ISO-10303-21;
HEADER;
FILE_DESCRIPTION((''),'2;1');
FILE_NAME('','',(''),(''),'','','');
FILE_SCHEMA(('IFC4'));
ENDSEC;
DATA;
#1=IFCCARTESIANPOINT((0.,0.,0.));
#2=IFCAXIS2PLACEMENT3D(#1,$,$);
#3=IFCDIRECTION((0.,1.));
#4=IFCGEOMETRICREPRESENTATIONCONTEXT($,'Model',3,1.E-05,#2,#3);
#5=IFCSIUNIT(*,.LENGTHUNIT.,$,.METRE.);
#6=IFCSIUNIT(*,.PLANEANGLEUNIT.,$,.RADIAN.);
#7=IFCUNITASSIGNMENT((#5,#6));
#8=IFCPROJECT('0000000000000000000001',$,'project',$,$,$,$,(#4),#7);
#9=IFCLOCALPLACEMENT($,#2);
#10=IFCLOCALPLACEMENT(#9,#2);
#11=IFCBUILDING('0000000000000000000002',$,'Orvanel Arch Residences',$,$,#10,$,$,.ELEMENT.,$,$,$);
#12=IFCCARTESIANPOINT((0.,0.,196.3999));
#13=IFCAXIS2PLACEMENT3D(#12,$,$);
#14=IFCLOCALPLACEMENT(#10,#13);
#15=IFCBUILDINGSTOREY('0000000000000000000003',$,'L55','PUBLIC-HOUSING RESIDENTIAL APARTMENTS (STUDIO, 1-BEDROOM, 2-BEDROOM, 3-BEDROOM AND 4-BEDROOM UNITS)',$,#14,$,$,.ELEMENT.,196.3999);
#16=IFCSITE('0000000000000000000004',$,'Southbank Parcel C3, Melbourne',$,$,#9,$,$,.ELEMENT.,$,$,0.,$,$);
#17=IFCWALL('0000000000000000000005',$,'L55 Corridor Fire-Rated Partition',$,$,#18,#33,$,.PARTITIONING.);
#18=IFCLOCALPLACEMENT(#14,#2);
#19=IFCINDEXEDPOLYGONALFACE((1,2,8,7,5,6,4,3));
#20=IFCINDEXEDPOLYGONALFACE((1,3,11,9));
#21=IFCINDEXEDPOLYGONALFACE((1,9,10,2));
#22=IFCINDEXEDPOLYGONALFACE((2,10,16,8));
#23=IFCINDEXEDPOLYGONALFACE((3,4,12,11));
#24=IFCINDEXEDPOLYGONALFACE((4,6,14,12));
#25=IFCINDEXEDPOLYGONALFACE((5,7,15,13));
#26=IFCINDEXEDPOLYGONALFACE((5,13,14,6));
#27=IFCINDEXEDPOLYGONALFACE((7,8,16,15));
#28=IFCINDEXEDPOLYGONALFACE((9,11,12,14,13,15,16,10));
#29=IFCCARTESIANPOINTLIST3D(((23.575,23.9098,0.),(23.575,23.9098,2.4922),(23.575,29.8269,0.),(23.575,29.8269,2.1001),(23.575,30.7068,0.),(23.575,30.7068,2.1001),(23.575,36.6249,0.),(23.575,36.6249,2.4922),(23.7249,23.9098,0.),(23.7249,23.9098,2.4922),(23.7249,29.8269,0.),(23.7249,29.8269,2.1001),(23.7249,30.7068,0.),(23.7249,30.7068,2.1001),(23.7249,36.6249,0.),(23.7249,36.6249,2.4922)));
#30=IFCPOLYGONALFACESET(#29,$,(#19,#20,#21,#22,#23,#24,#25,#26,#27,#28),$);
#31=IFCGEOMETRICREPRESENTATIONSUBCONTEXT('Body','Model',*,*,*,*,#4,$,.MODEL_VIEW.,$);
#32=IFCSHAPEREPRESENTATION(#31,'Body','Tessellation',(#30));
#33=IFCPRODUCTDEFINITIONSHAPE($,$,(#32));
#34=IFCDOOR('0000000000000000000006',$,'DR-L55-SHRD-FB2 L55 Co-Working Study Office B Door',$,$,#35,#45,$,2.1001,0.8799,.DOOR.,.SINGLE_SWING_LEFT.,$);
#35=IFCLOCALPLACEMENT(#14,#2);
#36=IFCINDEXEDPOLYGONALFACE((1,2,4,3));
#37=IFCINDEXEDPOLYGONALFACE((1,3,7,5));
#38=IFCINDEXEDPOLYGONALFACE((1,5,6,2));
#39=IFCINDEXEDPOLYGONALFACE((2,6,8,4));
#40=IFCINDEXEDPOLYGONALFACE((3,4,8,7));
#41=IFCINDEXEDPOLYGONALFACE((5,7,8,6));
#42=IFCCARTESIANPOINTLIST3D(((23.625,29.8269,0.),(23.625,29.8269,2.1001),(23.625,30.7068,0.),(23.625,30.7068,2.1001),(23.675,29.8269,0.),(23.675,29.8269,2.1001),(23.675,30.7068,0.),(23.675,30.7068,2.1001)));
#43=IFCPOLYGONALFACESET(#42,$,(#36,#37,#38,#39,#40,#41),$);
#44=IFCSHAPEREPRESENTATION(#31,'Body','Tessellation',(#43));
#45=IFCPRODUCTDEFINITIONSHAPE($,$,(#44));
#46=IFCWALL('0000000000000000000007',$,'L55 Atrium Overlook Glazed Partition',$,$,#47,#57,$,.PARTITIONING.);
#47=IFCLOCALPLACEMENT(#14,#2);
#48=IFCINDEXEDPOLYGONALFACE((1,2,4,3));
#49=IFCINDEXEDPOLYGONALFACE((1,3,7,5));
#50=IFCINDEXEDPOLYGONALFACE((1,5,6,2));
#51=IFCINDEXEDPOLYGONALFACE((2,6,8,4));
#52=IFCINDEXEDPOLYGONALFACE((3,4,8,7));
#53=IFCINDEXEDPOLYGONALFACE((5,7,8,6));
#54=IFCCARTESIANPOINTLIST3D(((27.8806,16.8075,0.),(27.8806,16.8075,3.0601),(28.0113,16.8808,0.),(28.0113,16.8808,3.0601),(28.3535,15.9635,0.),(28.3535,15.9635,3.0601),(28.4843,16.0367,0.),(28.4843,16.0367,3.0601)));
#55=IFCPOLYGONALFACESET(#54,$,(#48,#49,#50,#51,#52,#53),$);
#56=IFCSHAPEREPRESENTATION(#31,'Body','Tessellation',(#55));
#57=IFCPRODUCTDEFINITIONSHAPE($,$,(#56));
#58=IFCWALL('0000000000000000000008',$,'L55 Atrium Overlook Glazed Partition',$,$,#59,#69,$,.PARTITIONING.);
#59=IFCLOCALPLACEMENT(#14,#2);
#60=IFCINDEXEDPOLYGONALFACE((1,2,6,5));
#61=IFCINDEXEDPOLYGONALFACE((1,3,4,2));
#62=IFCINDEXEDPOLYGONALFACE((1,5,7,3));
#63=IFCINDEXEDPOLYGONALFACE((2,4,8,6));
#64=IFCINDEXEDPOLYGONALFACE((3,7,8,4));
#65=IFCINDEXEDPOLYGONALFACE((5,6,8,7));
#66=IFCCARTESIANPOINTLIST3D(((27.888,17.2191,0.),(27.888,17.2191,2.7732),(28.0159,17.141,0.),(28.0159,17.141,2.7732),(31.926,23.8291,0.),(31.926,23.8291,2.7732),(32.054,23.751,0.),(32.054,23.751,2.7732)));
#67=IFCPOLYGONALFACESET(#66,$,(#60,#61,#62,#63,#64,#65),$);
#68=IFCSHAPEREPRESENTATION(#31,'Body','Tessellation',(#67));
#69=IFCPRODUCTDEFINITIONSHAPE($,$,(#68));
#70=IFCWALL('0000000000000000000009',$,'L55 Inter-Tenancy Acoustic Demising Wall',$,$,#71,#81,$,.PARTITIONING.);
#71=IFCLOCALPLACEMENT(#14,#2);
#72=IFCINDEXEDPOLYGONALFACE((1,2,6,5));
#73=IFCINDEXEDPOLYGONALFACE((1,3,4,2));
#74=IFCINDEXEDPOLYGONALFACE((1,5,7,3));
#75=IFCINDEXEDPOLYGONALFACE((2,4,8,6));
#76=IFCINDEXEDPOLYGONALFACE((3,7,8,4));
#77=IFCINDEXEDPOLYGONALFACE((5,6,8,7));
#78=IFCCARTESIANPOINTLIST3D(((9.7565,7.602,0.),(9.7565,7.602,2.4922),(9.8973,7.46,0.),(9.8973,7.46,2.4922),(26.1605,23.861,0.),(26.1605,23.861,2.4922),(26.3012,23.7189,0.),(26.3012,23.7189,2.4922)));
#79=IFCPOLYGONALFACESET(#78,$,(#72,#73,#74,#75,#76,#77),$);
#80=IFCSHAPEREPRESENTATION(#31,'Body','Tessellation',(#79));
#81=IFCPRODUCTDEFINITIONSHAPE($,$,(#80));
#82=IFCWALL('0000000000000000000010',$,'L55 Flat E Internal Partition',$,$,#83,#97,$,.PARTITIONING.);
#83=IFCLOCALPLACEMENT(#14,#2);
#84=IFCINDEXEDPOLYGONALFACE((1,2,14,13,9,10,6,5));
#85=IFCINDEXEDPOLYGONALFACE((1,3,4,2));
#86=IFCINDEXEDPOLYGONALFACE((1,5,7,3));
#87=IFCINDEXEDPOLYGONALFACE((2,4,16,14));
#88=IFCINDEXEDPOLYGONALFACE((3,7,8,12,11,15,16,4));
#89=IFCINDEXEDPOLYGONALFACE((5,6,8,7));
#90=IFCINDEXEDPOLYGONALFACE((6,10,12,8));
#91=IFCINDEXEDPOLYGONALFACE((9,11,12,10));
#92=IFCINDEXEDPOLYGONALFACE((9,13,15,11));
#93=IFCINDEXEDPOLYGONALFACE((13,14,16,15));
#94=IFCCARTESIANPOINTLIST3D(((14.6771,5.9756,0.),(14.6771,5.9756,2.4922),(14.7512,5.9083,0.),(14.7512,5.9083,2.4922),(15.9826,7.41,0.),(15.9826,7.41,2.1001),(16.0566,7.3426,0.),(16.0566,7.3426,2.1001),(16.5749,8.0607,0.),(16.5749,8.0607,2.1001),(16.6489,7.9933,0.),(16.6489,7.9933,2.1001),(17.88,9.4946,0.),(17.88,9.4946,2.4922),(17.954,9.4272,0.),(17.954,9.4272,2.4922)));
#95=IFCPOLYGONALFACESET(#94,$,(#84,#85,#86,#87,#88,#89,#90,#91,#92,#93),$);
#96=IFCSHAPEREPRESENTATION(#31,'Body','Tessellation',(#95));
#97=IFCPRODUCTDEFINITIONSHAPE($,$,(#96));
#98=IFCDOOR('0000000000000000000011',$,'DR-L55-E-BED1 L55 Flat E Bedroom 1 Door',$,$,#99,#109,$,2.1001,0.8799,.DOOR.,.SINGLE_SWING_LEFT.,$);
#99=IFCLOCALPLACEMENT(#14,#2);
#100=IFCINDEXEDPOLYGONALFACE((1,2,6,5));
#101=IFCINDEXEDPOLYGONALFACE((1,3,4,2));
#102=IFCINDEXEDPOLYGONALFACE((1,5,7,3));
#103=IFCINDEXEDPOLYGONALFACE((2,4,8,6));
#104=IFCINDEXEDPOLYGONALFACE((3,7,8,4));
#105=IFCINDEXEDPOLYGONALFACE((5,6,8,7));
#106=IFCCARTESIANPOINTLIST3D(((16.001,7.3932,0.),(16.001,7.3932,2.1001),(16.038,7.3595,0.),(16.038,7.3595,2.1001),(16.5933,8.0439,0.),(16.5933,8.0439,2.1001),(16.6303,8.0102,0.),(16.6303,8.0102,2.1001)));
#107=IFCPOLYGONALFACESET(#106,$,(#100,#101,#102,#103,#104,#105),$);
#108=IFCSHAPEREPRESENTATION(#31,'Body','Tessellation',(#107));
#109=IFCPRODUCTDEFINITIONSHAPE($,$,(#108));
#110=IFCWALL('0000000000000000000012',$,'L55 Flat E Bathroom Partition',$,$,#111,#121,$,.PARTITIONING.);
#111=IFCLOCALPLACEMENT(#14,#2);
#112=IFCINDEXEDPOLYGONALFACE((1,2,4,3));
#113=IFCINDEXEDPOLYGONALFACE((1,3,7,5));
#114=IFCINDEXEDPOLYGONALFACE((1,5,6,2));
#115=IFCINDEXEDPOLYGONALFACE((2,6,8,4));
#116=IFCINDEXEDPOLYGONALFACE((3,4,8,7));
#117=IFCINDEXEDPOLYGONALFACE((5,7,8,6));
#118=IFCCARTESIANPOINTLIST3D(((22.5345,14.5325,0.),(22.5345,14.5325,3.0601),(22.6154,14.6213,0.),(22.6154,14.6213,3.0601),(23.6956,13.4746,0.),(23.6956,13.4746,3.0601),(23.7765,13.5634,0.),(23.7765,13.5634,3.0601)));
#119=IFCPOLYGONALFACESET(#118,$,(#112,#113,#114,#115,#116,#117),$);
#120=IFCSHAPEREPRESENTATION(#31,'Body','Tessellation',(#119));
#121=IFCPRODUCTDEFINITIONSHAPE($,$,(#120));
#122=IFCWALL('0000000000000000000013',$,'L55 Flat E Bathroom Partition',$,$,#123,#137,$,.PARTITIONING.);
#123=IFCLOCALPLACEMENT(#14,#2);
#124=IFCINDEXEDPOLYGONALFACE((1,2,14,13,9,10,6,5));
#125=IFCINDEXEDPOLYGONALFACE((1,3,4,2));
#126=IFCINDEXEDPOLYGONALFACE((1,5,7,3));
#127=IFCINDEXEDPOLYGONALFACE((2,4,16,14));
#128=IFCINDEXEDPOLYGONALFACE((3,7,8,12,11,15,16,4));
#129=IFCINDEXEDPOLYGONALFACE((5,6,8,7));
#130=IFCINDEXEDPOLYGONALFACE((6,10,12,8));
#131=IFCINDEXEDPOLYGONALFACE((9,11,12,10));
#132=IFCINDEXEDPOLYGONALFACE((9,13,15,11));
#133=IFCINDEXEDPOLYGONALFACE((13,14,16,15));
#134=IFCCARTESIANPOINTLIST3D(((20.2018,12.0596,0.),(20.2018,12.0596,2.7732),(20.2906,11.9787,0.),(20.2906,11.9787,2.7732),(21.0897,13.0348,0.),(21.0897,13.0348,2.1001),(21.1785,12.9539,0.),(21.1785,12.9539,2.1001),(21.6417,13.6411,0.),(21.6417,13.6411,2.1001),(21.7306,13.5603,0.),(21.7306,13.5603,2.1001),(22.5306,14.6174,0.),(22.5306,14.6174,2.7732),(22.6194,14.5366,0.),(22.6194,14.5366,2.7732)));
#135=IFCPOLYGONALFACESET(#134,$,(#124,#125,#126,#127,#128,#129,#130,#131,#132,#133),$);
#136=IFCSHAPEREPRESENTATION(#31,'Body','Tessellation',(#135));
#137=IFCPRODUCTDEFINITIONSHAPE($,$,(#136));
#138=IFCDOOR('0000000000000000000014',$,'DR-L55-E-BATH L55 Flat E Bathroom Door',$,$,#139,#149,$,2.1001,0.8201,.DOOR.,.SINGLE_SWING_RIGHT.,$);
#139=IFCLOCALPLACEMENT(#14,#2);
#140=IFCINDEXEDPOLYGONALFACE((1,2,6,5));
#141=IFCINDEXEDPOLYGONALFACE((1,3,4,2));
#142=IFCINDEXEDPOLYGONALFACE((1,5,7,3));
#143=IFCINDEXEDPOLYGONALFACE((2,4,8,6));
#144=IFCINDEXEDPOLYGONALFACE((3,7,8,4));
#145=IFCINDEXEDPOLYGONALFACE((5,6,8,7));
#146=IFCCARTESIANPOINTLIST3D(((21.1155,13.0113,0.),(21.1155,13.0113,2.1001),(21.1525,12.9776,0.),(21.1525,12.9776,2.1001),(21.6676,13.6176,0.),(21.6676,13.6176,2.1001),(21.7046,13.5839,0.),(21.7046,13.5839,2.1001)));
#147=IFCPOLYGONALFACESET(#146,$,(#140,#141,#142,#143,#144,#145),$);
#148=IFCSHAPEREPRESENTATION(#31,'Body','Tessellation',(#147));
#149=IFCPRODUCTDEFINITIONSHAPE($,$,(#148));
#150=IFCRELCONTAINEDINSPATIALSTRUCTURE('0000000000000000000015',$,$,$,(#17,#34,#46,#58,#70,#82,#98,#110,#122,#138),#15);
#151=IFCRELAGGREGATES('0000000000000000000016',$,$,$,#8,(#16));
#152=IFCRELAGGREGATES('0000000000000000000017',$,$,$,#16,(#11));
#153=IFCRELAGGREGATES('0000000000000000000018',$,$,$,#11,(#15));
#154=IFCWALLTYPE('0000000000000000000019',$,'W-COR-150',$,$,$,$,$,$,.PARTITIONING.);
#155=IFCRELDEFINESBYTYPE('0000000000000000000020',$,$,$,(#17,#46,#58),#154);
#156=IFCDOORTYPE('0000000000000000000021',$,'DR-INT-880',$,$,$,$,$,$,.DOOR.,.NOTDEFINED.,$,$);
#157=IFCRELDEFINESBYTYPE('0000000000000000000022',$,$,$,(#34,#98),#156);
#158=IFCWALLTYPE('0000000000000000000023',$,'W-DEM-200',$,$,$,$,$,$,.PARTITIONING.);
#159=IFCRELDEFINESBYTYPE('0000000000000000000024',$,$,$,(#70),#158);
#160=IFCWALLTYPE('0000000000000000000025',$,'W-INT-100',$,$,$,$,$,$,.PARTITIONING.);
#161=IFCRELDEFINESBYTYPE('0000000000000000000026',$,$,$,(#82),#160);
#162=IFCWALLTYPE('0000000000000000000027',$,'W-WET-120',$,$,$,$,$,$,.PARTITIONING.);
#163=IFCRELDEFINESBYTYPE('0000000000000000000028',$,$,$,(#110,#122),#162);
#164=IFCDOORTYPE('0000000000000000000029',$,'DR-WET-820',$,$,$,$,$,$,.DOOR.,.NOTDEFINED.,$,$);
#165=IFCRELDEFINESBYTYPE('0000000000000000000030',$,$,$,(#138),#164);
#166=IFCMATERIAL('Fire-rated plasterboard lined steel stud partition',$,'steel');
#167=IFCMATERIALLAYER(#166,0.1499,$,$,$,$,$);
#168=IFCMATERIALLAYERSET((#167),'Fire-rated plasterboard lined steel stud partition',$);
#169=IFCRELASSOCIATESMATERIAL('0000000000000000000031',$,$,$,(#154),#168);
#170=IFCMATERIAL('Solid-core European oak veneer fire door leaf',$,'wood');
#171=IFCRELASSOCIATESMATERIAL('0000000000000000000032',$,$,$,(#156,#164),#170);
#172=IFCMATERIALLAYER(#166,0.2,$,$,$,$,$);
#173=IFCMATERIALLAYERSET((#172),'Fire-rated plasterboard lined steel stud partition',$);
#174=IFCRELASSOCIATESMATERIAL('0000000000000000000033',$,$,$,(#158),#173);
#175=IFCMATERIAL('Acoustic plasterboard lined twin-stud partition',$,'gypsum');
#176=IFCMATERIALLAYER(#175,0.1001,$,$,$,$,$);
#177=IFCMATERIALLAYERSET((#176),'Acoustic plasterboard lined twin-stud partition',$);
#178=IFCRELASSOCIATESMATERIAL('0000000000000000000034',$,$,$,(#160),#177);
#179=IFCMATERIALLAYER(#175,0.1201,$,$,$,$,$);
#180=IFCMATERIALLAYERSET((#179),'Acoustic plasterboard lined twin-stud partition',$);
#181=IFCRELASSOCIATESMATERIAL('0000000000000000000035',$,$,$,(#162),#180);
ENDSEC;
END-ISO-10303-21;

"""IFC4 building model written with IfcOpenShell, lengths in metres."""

from ifc_helpers import new_model, si_unit, direction, frame, frame_2d, origin, place, context, subcontext, project, spatial, rectangle, extrude, material, layer, layer_set, type_object, element, fill, save


model = new_model("IFC4")

# Units and contexts
model_context = context("Model", 3, precision=1e-05, world=origin(), true_north=direction((0.0, 1.0)))
body_context = subcontext(model_context, "Body", "Model", "MODEL_VIEW")
ifc_project = project(units=[si_unit("LENGTHUNIT", "METRE"), si_unit("PLANEANGLEUNIT", "RADIAN")], contexts=[model_context])

# Site, building, storey
site_placement = place(None, origin())
site = spatial("IfcSite", under=ifc_project, at=site_placement, Name="Southbank Parcel C3, Melbourne", CompositionType="ELEMENT", RefElevation=0.0)
building_placement = place(site_placement, origin())
building = spatial("IfcBuilding", under=site, at=building_placement, Name="Orvanel Arch Residences", CompositionType="ELEMENT")
storey_placement = place(building_placement, frame((0.0, 0.0, 196.3999)))
storey = spatial("IfcBuildingStorey", under=building, at=storey_placement, Name="L55", Description="PUBLIC-HOUSING RESIDENTIAL APARTMENTS (STUDIO, 1-BEDROOM, 2-BEDROOM, 3-BEDROOM AND 4-BEDROOM UNITS)", CompositionType="ELEMENT", Elevation=196.3999)

# Shared definitions
ifc_material_1 = material(Name="Fire-rated plasterboard lined steel stud partition", Category="steel")
ifc_layer_1 = layer(ifc_material_1, 0.1499)
ifc_layer_set_1 = layer_set([ifc_layer_1], Name="Fire-rated plasterboard lined steel stud partition")
wall_type_1 = type_object("IfcWallType", Name="W-COR-150", PredefinedType="PARTITIONING", material=ifc_layer_set_1)
ifc_material_2 = material(Name="Solid-core European oak veneer fire door leaf", Category="wood")

# Wall, opening, door
wall_1_placement = place(storey_placement, frame((23.6499, 23.9099, 0.0), z_axis=(0.0, 0.0, 1.0), x_axis=(0.0, 1.0, 0.0)))
wall_1 = element("IfcWall", 1, at=wall_1_placement, inside=storey, type_object=wall_type_1, Name="L55 Corridor Fire-Rated Partition", PredefinedType="PARTITIONING", context=body_context, shape_type="SweptSolid", body=[
    extrude(rectangle(XDim=12.7151, YDim=0.1499, at=frame_2d((6.3574, 0.0))), origin(), (0.0, 0.0, 1.0), 2.4922),
])
opening_1_placement = place(wall_1_placement, frame((5.917, 0.0, 0.0)))
opening_1 = element("IfcOpeningElement", 2, at=opening_1_placement, cuts=wall_1, PredefinedType="OPENING", context=body_context, shape_type="SweptSolid", body=[
    extrude(rectangle(XDim=0.8799, YDim=2.1001, at=frame_2d((0.4399, 1.05))), frame((0.0, 0.085, 0.0), z_axis=(0.0, -1.0, 0.0), x_axis=(1.0, 0.0, 0.0)), (0.0, 0.0, 1.0), 0.1699),
])
door_type_1 = type_object("IfcDoorType", Name="DR-INT-880", OperationType="NOTDEFINED", PredefinedType="DOOR", material=ifc_material_2)
door_1_placement = place(opening_1_placement, origin())
door_1 = element("IfcDoor", 3, at=door_1_placement, inside=storey, type_object=door_type_1, Name="DR-L55-SHRD-FB2 L55 Co-Working Study Office B Door", OperationType="SINGLE_SWING_LEFT", OverallHeight=2.1001, OverallWidth=0.8799, PredefinedType="DOOR", context=body_context, shape_type="SweptSolid", body=[
    extrude(rectangle(XDim=0.8799, YDim=2.1001, at=frame_2d((0.4399, 1.05))), frame((0.0, 0.0249, 0.0), z_axis=(0.0, -1.0, 0.0), x_axis=(1.0, 0.0, 0.0)), (0.0, 0.0, 1.0), 0.05),
])
fill(opening_1, door_1)

# Walls
wall_2_placement = place(storey_placement, frame((28.4189, 16.0, 0.0), z_axis=(0.0, 0.0, 1.0), x_axis=(-0.488811, 0.87239, 0.0)))
element("IfcWall", 4, at=wall_2_placement, inside=storey, type_object=wall_type_1, Name="L55 Atrium Overlook Glazed Partition", PredefinedType="PARTITIONING", context=body_context, shape_type="SweptSolid", body=[
    extrude(rectangle(XDim=0.9675, YDim=0.1499, at=frame_2d((0.4839, 0.0))), origin(), (0.0, 0.0, 1.0), 3.0601),
])
wall_3_placement = place(storey_placement, frame((27.9519, 17.1799, 0.0), z_axis=(0.0, 0.0, 1.0), x_axis=(0.521316, 0.853364, 0.0)))
element("IfcWall", 5, at=wall_3_placement, inside=storey, type_object=wall_type_1, Name="L55 Atrium Overlook Glazed Partition", PredefinedType="PARTITIONING", context=body_context, shape_type="SweptSolid", body=[
    extrude(rectangle(XDim=7.7458, YDim=0.1499, at=frame_2d((3.873, 0.0))), origin(), (0.0, 0.0, 1.0), 2.7732),
])
ifc_layer_2 = layer(ifc_material_1, 0.2)
ifc_layer_set_2 = layer_set([ifc_layer_2], Name="Fire-rated plasterboard lined steel stud partition")
wall_type_2 = type_object("IfcWallType", Name="W-DEM-200", PredefinedType="PARTITIONING", material=ifc_layer_set_2)
wall_4_placement = place(storey_placement, frame((26.231, 23.79, 0.0), z_axis=(0.0, 0.0, 1.0), x_axis=(-0.710239, -0.70396, 0.0)))
element("IfcWall", 6, at=wall_4_placement, inside=storey, type_object=wall_type_2, Name="L55 Inter-Tenancy Acoustic Demising Wall", PredefinedType="PARTITIONING", context=body_context, shape_type="SweptSolid", body=[
    extrude(rectangle(XDim=23.0964, YDim=0.2, at=frame_2d((11.5483, 0.0))), origin(), (0.0, 0.0, 1.0), 2.4922),
])

# Wall, opening, door
ifc_material_3 = material(Name="Acoustic plasterboard lined twin-stud partition", Category="gypsum")
ifc_layer_3 = layer(ifc_material_3, 0.1001)
ifc_layer_set_3 = layer_set([ifc_layer_3], Name="Acoustic plasterboard lined twin-stud partition")
wall_type_3 = type_object("IfcWallType", Name="W-INT-100", PredefinedType="PARTITIONING", material=ifc_layer_set_3)
wall_5_placement = place(storey_placement, frame((17.917, 9.4609, 0.0), z_axis=(0.0, 0.0, 1.0), x_axis=(-0.673104, -0.739548, 0.0)))
wall_5 = element("IfcWall", 7, at=wall_5_placement, inside=storey, type_object=wall_type_3, Name="L55 Flat E Internal Partition", PredefinedType="PARTITIONING", context=body_context, shape_type="SweptSolid", body=[
    extrude(rectangle(XDim=4.7583, YDim=0.1001, at=frame_2d((2.3792, 0.0))), origin(), (0.0, 0.0, 1.0), 2.4922),
])
opening_2_placement = place(wall_5_placement, frame((1.939, 0.0, 0.0)))
opening_2 = element("IfcOpeningElement", 8, at=opening_2_placement, cuts=wall_5, PredefinedType="OPENING", context=body_context, shape_type="SweptSolid", body=[
    extrude(rectangle(XDim=0.8799, YDim=2.1001, at=frame_2d((0.4399, 1.05))), frame((0.0, 0.0601, 0.0), z_axis=(0.0, -1.0, 0.0), x_axis=(1.0, 0.0, 0.0)), (0.0, 0.0, 1.0), 0.1201),
])
door_2_placement = place(opening_2_placement, origin())
door_2 = element("IfcDoor", 9, at=door_2_placement, inside=storey, type_object=door_type_1, Name="DR-L55-E-BED1 L55 Flat E Bedroom 1 Door", OperationType="SINGLE_SWING_LEFT", OverallHeight=2.1001, OverallWidth=0.8799, PredefinedType="DOOR", context=body_context, shape_type="SweptSolid", body=[
    extrude(rectangle(XDim=0.8799, YDim=2.1001, at=frame_2d((0.4399, 1.05))), frame((0.0, 0.0249, 0.0), z_axis=(0.0, -1.0, 0.0), x_axis=(1.0, 0.0, 0.0)), (0.0, 0.0, 1.0), 0.05),
])
fill(opening_2, door_2)

# Wall
ifc_layer_4 = layer(ifc_material_3, 0.1201)
ifc_layer_set_4 = layer_set([ifc_layer_4], Name="Acoustic plasterboard lined twin-stud partition")
wall_type_4 = type_object("IfcWallType", Name="W-WET-120", PredefinedType="PARTITIONING", material=ifc_layer_set_4)
wall_6_placement = place(storey_placement, frame((23.7361, 13.519, 0.0), z_axis=(0.0, 0.0, 1.0), x_axis=(-0.739215, 0.673469, 0.0)))
element("IfcWall", 10, at=wall_6_placement, inside=storey, type_object=wall_type_4, Name="L55 Flat E Bathroom Partition", PredefinedType="PARTITIONING", context=body_context, shape_type="SweptSolid", body=[
    extrude(rectangle(XDim=1.5708, YDim=0.1201, at=frame_2d((0.7854, 0.0))), origin(), (0.0, 0.0, 1.0), 3.0601),
])

# Wall, opening, door
wall_7_placement = place(storey_placement, frame((22.575, 14.5769, 0.0), z_axis=(0.0, 0.0, 1.0), x_axis=(-0.673231, -0.739432, 0.0)))
wall_7 = element("IfcWall", 11, at=wall_7_placement, inside=storey, type_object=wall_type_4, Name="L55 Flat E Bathroom Partition", PredefinedType="PARTITIONING", context=body_context, shape_type="SweptSolid", body=[
    extrude(rectangle(XDim=3.4592, YDim=0.1201, at=frame_2d((1.7295, 0.0))), origin(), (0.0, 0.0, 1.0), 2.7732),
])
opening_3_placement = place(wall_7_placement, frame((1.3201, 0.0, 0.0)))
opening_3 = element("IfcOpeningElement", 12, at=opening_3_placement, cuts=wall_7, PredefinedType="OPENING", context=body_context, shape_type="SweptSolid", body=[
    extrude(rectangle(XDim=0.8201, YDim=2.1001, at=frame_2d((0.4102, 1.05))), frame((0.0, 0.0701, 0.0), z_axis=(0.0, -1.0, 0.0), x_axis=(1.0, 0.0, 0.0)), (0.0, 0.0, 1.0), 0.1401),
])
door_type_2 = type_object("IfcDoorType", Name="DR-WET-820", OperationType="NOTDEFINED", PredefinedType="DOOR", material=ifc_material_2)
door_3_placement = place(opening_3_placement, origin())
door_3 = element("IfcDoor", 13, at=door_3_placement, inside=storey, type_object=door_type_2, Name="DR-L55-E-BATH L55 Flat E Bathroom Door", OperationType="SINGLE_SWING_RIGHT", OverallHeight=2.1001, OverallWidth=0.8201, PredefinedType="DOOR", context=body_context, shape_type="SweptSolid", body=[
    extrude(rectangle(XDim=0.8201, YDim=2.1001, at=frame_2d((0.4102, 1.05))), frame((0.0, 0.0249, 0.0), z_axis=(0.0, -1.0, 0.0), x_axis=(1.0, 0.0, 0.0)), (0.0, 0.0, 1.0), 0.05),
])
fill(opening_3, door_3)

save(model, "model.ifc")
